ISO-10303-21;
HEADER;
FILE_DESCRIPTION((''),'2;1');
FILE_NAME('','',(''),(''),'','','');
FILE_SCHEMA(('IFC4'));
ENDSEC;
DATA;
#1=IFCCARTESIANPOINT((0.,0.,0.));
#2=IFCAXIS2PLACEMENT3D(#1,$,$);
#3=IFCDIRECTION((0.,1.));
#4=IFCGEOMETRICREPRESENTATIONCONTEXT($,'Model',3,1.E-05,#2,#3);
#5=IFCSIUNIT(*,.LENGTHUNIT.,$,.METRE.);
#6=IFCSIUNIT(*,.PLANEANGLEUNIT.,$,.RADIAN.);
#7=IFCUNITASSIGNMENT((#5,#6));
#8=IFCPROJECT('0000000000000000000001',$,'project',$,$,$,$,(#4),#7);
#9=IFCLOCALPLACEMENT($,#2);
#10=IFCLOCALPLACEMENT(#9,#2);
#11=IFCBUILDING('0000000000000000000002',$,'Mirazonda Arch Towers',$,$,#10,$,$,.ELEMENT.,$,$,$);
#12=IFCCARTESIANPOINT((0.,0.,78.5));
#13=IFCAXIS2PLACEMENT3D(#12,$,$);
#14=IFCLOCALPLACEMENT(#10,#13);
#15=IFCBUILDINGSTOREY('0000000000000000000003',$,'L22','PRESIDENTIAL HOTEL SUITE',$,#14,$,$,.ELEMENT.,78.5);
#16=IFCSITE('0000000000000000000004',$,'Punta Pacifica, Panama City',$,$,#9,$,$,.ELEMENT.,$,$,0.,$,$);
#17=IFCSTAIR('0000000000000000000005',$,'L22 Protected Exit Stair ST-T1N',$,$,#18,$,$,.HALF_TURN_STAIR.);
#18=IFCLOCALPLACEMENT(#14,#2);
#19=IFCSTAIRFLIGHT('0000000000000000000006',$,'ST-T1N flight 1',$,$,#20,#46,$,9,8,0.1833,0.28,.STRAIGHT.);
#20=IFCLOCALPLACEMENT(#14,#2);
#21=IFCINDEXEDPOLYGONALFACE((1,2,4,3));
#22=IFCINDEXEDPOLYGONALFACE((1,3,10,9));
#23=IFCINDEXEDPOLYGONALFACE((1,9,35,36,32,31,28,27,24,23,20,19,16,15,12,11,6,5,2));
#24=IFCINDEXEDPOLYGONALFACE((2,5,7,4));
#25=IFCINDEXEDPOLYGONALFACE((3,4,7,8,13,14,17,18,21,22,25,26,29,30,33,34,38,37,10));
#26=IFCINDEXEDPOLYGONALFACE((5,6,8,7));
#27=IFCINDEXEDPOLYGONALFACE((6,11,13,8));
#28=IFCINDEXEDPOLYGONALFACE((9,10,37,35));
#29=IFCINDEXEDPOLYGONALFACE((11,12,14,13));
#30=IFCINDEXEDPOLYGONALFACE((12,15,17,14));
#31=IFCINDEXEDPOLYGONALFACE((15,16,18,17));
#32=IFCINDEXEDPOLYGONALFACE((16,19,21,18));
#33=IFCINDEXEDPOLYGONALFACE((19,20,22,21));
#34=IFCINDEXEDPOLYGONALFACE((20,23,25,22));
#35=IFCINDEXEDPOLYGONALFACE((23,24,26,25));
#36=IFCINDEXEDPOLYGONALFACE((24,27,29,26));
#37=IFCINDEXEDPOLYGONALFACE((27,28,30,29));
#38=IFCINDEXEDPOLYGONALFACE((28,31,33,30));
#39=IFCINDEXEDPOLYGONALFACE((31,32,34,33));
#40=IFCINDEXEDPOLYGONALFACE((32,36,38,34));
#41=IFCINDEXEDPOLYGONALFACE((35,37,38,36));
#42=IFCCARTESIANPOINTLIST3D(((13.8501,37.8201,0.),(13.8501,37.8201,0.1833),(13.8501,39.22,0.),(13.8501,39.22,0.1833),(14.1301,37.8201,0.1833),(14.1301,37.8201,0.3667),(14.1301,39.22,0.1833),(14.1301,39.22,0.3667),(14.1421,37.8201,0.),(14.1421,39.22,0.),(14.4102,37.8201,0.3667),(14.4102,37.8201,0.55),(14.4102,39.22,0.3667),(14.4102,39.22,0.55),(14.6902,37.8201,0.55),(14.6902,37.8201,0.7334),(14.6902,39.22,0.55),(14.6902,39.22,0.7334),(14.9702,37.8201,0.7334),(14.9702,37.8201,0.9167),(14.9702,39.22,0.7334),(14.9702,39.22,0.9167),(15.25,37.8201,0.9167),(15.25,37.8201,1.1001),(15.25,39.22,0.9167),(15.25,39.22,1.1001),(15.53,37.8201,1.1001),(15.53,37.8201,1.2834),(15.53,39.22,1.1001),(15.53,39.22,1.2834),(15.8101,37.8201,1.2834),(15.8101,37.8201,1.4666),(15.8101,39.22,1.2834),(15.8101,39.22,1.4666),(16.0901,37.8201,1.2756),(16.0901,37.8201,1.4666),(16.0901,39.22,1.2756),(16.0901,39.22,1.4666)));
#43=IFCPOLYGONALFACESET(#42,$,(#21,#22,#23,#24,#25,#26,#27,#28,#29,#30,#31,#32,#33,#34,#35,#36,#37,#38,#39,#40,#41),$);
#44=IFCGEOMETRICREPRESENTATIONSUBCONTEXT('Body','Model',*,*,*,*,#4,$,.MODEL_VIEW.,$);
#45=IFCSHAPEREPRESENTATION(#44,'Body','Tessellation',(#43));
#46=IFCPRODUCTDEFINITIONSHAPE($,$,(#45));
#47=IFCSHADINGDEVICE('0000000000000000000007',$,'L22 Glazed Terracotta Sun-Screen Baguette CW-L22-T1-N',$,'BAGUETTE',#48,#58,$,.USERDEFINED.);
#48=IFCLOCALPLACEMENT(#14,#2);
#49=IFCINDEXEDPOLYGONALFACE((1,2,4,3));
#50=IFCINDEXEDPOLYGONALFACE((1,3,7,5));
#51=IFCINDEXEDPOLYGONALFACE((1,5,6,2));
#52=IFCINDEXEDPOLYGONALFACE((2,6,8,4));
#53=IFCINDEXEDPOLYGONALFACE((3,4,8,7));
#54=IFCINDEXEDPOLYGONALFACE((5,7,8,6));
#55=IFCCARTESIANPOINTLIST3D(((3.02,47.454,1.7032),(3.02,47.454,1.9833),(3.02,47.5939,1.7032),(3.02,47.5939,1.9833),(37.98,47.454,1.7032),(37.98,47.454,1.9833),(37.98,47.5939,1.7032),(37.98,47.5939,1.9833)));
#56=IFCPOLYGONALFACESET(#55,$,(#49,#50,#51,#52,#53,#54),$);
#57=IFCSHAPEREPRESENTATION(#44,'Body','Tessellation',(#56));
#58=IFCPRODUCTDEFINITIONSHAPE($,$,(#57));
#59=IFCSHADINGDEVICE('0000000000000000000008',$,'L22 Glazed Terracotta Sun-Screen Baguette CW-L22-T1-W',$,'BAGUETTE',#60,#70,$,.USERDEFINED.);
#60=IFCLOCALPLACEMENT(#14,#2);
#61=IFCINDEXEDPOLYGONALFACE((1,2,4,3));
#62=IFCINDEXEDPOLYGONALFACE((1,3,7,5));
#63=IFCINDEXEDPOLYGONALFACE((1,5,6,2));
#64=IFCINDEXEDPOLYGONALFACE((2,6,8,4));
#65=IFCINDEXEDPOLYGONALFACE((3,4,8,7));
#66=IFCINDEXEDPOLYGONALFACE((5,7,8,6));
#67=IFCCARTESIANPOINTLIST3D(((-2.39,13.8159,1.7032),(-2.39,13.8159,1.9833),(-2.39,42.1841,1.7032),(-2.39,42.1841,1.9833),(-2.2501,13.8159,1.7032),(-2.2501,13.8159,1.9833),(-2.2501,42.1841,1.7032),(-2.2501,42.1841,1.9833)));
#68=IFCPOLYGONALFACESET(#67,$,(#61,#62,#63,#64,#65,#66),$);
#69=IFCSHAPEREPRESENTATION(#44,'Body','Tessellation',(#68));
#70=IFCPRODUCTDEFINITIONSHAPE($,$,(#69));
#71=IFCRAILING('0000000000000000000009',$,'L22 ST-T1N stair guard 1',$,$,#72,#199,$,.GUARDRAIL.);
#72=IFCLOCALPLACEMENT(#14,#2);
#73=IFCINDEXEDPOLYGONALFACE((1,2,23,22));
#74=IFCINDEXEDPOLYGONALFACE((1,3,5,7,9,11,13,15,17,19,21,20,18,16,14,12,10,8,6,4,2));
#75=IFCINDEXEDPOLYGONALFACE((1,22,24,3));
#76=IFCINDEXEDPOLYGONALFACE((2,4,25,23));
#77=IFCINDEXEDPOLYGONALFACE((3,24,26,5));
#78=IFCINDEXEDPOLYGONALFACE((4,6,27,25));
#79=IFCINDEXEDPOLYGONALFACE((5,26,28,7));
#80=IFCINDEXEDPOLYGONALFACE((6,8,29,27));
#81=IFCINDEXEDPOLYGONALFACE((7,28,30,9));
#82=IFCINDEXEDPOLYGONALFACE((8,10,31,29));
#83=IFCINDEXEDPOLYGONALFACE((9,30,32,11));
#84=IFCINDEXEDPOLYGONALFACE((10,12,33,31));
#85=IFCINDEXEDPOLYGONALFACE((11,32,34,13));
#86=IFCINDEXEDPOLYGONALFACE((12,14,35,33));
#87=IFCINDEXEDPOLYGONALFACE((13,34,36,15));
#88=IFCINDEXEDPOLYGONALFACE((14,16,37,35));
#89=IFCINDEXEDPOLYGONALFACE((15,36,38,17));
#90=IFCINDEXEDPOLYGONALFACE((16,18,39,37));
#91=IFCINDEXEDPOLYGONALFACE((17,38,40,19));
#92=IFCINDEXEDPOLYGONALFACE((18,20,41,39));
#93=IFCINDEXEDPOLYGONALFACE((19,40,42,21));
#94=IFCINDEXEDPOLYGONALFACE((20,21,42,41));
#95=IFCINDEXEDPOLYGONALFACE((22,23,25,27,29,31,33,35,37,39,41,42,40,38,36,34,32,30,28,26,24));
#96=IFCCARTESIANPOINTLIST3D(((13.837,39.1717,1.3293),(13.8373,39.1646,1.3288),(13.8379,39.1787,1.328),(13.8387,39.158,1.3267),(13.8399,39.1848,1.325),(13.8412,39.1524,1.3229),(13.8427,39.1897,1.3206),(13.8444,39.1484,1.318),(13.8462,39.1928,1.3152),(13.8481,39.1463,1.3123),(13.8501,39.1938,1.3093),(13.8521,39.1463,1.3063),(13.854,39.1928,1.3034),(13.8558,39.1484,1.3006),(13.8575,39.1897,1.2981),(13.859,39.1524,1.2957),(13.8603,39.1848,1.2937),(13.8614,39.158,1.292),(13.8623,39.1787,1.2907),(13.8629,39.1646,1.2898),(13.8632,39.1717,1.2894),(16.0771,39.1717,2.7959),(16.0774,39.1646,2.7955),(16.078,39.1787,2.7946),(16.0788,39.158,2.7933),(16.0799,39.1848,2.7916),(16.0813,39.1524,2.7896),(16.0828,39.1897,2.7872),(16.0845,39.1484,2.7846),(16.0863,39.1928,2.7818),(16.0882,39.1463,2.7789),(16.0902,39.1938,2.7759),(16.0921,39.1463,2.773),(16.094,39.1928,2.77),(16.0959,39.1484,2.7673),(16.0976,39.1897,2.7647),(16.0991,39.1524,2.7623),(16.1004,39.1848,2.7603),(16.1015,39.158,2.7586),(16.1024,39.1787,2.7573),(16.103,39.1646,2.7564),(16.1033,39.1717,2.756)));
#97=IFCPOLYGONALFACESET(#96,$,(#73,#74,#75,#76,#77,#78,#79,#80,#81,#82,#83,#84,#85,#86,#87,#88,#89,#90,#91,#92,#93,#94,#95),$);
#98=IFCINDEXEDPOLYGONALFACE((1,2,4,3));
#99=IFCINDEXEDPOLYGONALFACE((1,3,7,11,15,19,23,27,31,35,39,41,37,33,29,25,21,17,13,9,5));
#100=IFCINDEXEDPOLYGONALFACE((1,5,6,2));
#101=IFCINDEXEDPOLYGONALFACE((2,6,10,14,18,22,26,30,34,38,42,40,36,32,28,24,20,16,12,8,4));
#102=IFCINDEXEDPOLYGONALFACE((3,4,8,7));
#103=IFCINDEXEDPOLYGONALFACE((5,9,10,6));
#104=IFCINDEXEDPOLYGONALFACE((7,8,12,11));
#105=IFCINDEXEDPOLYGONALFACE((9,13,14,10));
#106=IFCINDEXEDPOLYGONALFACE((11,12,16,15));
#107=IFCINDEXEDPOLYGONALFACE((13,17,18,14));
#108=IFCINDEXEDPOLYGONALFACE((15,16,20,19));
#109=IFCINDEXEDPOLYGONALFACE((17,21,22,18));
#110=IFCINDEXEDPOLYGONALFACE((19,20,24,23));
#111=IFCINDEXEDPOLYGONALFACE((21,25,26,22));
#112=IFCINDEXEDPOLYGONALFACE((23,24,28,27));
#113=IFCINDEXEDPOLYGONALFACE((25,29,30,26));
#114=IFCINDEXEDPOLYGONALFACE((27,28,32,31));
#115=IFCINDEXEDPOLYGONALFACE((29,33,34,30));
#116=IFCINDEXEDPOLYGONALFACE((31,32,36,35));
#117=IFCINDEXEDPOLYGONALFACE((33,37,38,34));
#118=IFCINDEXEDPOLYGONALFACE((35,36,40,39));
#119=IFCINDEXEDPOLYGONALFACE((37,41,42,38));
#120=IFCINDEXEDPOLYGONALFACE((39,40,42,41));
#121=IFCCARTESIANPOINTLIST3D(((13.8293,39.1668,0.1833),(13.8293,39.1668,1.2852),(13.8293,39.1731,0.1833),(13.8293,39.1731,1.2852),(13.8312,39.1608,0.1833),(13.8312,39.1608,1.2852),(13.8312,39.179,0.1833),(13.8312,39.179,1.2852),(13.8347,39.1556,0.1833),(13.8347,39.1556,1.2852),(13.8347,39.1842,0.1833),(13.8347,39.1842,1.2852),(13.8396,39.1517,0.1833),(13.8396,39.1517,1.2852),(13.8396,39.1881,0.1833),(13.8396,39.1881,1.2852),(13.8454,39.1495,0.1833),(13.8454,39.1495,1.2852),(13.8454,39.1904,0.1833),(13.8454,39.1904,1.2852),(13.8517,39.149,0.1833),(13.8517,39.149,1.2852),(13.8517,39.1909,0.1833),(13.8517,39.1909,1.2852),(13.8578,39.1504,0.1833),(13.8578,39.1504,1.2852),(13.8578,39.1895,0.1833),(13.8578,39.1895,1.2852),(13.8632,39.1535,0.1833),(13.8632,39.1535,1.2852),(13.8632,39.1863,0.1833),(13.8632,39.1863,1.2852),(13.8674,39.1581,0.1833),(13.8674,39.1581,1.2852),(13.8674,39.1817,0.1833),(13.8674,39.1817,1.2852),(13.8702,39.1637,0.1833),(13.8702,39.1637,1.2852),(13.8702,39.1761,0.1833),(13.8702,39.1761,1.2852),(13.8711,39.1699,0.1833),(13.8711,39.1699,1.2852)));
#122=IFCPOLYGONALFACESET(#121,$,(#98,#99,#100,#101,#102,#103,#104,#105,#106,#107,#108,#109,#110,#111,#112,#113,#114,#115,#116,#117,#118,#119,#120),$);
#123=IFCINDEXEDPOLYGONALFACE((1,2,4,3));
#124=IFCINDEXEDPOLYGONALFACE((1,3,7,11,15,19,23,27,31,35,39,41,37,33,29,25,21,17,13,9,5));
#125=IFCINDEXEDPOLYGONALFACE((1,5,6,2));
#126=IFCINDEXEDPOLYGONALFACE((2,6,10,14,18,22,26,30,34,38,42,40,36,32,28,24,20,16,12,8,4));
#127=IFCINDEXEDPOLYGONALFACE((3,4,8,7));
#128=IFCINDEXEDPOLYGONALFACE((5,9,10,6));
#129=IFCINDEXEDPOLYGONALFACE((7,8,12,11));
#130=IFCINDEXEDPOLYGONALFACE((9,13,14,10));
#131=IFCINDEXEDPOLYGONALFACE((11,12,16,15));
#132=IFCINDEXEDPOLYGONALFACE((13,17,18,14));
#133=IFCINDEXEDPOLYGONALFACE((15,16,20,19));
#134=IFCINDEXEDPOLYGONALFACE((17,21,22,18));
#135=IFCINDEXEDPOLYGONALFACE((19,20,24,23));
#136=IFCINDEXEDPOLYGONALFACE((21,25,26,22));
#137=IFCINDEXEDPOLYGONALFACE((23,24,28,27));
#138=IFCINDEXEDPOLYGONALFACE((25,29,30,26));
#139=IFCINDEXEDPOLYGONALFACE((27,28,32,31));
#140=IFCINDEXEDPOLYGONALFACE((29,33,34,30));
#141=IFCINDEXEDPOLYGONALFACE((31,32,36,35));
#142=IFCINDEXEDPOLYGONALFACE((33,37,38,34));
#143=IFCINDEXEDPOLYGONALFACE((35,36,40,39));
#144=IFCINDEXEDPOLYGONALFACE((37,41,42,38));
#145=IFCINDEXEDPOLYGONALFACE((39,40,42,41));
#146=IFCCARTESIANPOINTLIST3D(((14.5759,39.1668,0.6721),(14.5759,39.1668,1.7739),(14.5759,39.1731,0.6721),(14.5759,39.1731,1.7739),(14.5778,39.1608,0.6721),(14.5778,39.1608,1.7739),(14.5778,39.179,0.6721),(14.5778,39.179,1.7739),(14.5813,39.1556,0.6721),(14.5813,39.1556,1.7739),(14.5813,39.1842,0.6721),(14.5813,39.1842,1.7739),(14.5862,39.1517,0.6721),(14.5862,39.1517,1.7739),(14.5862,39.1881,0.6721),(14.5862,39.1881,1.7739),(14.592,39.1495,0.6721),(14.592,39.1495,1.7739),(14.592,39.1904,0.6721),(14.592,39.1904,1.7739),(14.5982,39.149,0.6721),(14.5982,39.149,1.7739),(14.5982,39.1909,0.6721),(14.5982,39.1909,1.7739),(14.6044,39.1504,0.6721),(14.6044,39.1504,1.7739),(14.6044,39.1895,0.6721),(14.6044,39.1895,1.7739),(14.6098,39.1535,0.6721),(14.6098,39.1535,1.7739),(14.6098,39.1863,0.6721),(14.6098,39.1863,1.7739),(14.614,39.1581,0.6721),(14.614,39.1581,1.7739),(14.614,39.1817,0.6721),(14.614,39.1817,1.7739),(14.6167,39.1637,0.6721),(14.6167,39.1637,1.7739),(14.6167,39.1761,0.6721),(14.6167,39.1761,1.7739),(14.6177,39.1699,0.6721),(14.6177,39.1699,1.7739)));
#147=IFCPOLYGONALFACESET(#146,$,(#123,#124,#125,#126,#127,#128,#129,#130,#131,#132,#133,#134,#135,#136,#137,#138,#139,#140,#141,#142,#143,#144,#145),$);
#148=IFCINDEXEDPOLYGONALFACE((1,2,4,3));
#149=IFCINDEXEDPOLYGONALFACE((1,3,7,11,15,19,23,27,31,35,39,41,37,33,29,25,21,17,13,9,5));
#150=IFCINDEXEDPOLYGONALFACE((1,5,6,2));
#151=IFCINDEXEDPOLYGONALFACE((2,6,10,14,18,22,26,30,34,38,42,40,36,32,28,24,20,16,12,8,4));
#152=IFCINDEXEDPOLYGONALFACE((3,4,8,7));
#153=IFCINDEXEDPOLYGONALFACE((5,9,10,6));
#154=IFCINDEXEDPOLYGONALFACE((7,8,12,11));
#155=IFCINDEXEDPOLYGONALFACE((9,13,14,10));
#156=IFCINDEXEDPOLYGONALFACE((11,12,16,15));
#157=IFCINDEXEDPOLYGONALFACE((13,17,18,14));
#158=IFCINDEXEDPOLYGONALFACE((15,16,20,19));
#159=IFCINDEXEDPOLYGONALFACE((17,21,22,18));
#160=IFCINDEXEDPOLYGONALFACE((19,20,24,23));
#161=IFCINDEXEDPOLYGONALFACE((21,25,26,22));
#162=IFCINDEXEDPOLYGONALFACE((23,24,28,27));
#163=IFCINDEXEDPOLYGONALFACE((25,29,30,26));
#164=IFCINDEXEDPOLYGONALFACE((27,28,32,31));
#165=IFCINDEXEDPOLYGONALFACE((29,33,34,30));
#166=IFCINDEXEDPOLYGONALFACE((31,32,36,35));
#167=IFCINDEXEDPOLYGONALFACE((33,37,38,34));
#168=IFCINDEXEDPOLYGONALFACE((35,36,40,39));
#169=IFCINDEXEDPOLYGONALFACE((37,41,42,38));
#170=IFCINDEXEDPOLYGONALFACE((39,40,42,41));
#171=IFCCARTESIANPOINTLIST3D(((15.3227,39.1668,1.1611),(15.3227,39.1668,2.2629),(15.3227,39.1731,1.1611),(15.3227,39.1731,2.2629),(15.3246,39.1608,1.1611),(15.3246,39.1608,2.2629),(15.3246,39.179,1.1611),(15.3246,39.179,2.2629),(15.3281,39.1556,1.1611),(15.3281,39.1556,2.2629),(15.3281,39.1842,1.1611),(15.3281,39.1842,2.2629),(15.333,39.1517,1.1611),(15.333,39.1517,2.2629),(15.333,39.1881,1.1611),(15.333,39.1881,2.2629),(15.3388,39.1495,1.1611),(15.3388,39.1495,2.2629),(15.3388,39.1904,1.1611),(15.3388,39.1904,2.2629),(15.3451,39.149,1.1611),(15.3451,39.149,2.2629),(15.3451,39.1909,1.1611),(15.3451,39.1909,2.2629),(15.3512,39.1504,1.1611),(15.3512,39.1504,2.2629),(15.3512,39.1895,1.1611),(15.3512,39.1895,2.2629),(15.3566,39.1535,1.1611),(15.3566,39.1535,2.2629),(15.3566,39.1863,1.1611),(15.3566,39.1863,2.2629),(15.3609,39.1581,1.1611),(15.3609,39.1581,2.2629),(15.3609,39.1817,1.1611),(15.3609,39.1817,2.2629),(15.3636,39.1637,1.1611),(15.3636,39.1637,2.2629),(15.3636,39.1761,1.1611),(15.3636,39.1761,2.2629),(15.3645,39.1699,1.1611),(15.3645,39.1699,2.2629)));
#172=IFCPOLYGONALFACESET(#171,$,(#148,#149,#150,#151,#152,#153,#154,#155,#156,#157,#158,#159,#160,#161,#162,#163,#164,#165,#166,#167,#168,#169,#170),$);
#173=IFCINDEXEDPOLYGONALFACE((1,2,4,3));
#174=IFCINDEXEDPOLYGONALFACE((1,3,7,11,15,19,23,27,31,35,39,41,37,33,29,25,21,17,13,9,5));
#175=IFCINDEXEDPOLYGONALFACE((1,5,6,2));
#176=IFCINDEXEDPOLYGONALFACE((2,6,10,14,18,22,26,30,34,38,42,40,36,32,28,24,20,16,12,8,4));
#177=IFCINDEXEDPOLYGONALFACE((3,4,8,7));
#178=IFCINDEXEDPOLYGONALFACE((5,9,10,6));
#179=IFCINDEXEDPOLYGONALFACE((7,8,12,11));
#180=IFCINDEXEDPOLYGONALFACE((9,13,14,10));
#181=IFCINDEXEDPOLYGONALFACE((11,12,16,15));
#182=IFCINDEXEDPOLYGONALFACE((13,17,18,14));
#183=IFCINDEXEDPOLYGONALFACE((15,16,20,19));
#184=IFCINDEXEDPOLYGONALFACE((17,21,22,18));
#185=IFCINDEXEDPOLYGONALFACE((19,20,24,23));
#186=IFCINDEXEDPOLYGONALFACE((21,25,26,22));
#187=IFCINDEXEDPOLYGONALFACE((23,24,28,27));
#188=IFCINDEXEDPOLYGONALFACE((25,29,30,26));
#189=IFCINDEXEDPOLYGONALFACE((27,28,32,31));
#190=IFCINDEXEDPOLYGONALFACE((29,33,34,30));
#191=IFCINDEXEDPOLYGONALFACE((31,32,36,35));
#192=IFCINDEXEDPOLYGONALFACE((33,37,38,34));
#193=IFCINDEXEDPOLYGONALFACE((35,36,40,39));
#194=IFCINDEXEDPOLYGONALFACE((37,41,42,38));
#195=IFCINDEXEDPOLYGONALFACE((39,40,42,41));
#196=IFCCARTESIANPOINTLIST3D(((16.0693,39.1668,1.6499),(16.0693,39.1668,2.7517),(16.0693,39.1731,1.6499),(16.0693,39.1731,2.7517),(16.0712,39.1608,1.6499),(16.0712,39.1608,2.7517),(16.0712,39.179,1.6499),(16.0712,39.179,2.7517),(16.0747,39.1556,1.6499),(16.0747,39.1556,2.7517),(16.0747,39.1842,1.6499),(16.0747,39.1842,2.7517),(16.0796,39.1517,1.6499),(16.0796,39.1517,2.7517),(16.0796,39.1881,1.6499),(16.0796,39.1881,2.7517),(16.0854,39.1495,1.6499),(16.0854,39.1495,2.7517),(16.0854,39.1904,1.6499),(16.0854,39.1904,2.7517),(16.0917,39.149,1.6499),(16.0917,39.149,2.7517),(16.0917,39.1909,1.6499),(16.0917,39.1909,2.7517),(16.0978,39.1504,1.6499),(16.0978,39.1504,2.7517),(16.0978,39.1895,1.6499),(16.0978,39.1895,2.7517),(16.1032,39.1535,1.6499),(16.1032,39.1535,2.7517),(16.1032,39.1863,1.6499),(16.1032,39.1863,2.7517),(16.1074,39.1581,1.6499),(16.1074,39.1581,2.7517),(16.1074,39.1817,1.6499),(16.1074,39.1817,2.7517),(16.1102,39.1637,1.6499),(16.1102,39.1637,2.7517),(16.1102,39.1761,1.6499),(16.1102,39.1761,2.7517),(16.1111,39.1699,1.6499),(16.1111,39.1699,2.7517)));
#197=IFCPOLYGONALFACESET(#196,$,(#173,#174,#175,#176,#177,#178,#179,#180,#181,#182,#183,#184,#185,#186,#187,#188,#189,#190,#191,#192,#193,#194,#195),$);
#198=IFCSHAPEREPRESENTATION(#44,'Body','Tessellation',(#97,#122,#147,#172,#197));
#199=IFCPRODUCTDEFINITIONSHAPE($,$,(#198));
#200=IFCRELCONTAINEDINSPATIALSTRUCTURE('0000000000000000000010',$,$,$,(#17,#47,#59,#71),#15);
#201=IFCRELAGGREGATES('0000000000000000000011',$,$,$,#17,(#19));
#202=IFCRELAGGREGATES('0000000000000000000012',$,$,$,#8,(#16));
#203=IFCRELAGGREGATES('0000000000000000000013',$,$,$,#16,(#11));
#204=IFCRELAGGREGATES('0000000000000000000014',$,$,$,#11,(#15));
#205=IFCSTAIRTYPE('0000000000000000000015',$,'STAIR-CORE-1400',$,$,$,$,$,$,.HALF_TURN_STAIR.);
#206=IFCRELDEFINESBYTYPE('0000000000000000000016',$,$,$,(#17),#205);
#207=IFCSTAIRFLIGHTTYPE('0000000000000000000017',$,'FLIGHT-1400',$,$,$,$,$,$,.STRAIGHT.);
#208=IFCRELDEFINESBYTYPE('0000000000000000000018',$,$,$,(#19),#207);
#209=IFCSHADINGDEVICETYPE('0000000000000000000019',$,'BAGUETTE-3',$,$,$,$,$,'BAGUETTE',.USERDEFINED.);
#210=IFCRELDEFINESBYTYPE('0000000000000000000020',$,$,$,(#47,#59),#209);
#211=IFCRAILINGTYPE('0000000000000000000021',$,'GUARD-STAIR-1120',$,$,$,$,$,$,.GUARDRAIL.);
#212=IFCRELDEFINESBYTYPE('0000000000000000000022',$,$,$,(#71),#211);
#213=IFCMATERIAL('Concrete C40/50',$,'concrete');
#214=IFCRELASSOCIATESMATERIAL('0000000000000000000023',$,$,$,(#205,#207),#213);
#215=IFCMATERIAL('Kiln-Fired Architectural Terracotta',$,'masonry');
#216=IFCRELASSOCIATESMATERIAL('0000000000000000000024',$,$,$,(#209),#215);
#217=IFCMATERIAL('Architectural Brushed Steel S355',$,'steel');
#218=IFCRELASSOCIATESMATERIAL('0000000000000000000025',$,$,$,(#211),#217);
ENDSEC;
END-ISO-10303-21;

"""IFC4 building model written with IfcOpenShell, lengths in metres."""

from ifc_helpers import new_model, si_unit, direction, frame, origin, origin_2d, place, context, subcontext, project, spatial, polyline, rectangle, circle, outline, extrude, material, material_profile, profile_set, type_object, element, aggregate, save


model = new_model("IFC4")

# Units and contexts
model_context = context("Model", 3, precision=1e-05, world=origin(), true_north=direction((0.0, 1.0)))
body_context = subcontext(model_context, "Body", "Model", "MODEL_VIEW")
ifc_project = project(units=[si_unit("LENGTHUNIT", "METRE"), si_unit("PLANEANGLEUNIT", "RADIAN")], contexts=[model_context])

# Site, building, storey
site_placement = place(None, origin())
site = spatial("IfcSite", under=ifc_project, at=site_placement, Name="Punta Pacifica, Panama City", CompositionType="ELEMENT", RefElevation=0.0)
building_placement = place(site_placement, origin())
building = spatial("IfcBuilding", under=site, at=building_placement, Name="Mirazonda Arch Towers", CompositionType="ELEMENT")
storey_placement = place(building_placement, frame((0.0, 0.0, 78.5)))
storey = spatial("IfcBuildingStorey", under=building, at=storey_placement, Name="L22", Description="PRESIDENTIAL HOTEL SUITE", CompositionType="ELEMENT", Elevation=78.5)

# Shared definitions
ifc_material_1 = material(Name="Architectural Brushed Steel S355", Category="steel")

# Stair, stair flight
ifc_material_2 = material(Name="Concrete C40/50", Category="concrete")
stair_type = type_object("IfcStairType", Name="STAIR-CORE-1400", PredefinedType="HALF_TURN_STAIR", material=ifc_material_2)
stair_placement = place(storey_placement, origin())
stair = element("IfcStair", 1, at=stair_placement, inside=storey, type_object=stair_type, Name="L22 Protected Exit Stair ST-T1N", PredefinedType="HALF_TURN_STAIR")
stair_flight_type = type_object("IfcStairFlightType", Name="FLIGHT-1400", PredefinedType="STRAIGHT", material=ifc_material_2)
stair_flight_placement = place(storey_placement, frame((13.8501, 38.52, 0.0), z_axis=(0.0, 0.0, 1.0), x_axis=(1.0, 0.0, 0.0)))
stair_flight = element("IfcStairFlight", 2, at=stair_flight_placement, type_object=stair_flight_type, Name="ST-T1N flight 1", NumberOfRisers=9, NumberOfTreads=8, PredefinedType="STRAIGHT", RiserHeight=0.1833, TreadLength=0.28, context=body_context, shape_type="SweptSolid", body=[
    extrude(outline(polyline([(0.0, 0.0), (0.0, 0.1833), (0.28, 0.1833), (0.28, 0.3667), (0.5601, 0.3667), (0.5601, 0.55), (0.8401, 0.55), (0.8401, 0.7334), (1.1201, 0.7334), (1.1201, 0.9167), (1.3999, 0.9167), (1.3999, 1.1001), (1.6799, 1.1001), (1.6799, 1.2834), (1.96, 1.2834), (1.96, 1.4666), (2.24, 1.4666), (2.24, 1.6499), (2.24, 1.2756), (0.292, 0.0), (0.0, 0.0)])), frame((0.0, 0.7, 0.0), z_axis=(0.0, -1.0, 0.0), x_axis=(1.0, 0.0, 0.0)), (0.0, 0.0, 1.0), 1.3999),
])
aggregate(stair, [stair_flight])

# Shading devices
ifc_material_3 = material(Name="Kiln-Fired Architectural Terracotta", Category="masonry")
ifc_material_profile_1 = material_profile(ifc_material_3, rectangle(XDim=0.1399, YDim=0.28, at=origin_2d()), Name="TERRA-BAG-140x280")
ifc_profile_set_1 = profile_set([ifc_material_profile_1], Name="Kiln-Fired Architectural Terracotta")
shading_device_type = type_object("IfcShadingDeviceType", Name="BAGUETTE-3", ElementType="BAGUETTE", PredefinedType="USERDEFINED", material=ifc_profile_set_1)
shading_device_1_placement = place(storey_placement, frame((3.02, 47.5239, 1.8433), z_axis=(1.0, 0.0, 0.0), x_axis=(0.0, 1.0, 0.0)))
element("IfcShadingDevice", 3, at=shading_device_1_placement, inside=storey, type_object=shading_device_type, Name="L22 Glazed Terracotta Sun-Screen Baguette CW-L22-T1-N", ObjectType="BAGUETTE", PredefinedType="USERDEFINED", context=body_context, shape_type="SweptSolid", body=[
    extrude(rectangle(XDim=0.1399, YDim=0.28, at=origin_2d()), origin(), (0.0, 0.0, 1.0), 34.96),
])
shading_device_2_placement = place(storey_placement, frame((-2.3201, 42.1841, 1.8433), z_axis=(0.0, -1.0, 0.0), x_axis=(1.0, 0.0, 0.0)))
element("IfcShadingDevice", 4, at=shading_device_2_placement, inside=storey, type_object=shading_device_type, Name="L22 Glazed Terracotta Sun-Screen Baguette CW-L22-T1-W", ObjectType="BAGUETTE", PredefinedType="USERDEFINED", context=body_context, shape_type="SweptSolid", body=[
    extrude(rectangle(XDim=0.1399, YDim=0.28, at=origin_2d()), origin(), (0.0, 0.0, 1.0), 28.3682),
])

# Railing
railing_type_1 = type_object("IfcRailingType", Name="GUARD-STAIR-1120", PredefinedType="GUARDRAIL", material=ifc_material_1)
railing_1_placement = place(storey_placement, frame((13.8501, 39.1699, 0.1833)))
element("IfcRailing", 5, at=railing_1_placement, inside=storey, type_object=railing_type_1, Name="L22 ST-T1N stair guard 1", PredefinedType="GUARDRAIL", context=body_context, shape_type="SweptSolid", body=[
    extrude(circle(Radius=0.0239, at=origin_2d()), frame((0.0, 0.0, 1.126), z_axis=(0.836637, 0.0, 0.547758), x_axis=(0.0, 1.0, 0.0)), (0.0, 0.0, 1.0), 2.6775),
    extrude(circle(Radius=0.021, at=origin_2d()), origin(), (0.0, 0.0, 1.0), 1.1018),
    extrude(circle(Radius=0.021, at=origin_2d()), frame((0.7466, 0.0, 0.4888)), (0.0, 0.0, 1.0), 1.1018),
    extrude(circle(Radius=0.021, at=origin_2d()), frame((1.4934, 0.0, 0.9778)), (0.0, 0.0, 1.0), 1.1018),
    extrude(circle(Radius=0.021, at=origin_2d()), frame((2.24, 0.0, 1.4666)), (0.0, 0.0, 1.0), 1.1018),
])

save(model, "model.ifc")
